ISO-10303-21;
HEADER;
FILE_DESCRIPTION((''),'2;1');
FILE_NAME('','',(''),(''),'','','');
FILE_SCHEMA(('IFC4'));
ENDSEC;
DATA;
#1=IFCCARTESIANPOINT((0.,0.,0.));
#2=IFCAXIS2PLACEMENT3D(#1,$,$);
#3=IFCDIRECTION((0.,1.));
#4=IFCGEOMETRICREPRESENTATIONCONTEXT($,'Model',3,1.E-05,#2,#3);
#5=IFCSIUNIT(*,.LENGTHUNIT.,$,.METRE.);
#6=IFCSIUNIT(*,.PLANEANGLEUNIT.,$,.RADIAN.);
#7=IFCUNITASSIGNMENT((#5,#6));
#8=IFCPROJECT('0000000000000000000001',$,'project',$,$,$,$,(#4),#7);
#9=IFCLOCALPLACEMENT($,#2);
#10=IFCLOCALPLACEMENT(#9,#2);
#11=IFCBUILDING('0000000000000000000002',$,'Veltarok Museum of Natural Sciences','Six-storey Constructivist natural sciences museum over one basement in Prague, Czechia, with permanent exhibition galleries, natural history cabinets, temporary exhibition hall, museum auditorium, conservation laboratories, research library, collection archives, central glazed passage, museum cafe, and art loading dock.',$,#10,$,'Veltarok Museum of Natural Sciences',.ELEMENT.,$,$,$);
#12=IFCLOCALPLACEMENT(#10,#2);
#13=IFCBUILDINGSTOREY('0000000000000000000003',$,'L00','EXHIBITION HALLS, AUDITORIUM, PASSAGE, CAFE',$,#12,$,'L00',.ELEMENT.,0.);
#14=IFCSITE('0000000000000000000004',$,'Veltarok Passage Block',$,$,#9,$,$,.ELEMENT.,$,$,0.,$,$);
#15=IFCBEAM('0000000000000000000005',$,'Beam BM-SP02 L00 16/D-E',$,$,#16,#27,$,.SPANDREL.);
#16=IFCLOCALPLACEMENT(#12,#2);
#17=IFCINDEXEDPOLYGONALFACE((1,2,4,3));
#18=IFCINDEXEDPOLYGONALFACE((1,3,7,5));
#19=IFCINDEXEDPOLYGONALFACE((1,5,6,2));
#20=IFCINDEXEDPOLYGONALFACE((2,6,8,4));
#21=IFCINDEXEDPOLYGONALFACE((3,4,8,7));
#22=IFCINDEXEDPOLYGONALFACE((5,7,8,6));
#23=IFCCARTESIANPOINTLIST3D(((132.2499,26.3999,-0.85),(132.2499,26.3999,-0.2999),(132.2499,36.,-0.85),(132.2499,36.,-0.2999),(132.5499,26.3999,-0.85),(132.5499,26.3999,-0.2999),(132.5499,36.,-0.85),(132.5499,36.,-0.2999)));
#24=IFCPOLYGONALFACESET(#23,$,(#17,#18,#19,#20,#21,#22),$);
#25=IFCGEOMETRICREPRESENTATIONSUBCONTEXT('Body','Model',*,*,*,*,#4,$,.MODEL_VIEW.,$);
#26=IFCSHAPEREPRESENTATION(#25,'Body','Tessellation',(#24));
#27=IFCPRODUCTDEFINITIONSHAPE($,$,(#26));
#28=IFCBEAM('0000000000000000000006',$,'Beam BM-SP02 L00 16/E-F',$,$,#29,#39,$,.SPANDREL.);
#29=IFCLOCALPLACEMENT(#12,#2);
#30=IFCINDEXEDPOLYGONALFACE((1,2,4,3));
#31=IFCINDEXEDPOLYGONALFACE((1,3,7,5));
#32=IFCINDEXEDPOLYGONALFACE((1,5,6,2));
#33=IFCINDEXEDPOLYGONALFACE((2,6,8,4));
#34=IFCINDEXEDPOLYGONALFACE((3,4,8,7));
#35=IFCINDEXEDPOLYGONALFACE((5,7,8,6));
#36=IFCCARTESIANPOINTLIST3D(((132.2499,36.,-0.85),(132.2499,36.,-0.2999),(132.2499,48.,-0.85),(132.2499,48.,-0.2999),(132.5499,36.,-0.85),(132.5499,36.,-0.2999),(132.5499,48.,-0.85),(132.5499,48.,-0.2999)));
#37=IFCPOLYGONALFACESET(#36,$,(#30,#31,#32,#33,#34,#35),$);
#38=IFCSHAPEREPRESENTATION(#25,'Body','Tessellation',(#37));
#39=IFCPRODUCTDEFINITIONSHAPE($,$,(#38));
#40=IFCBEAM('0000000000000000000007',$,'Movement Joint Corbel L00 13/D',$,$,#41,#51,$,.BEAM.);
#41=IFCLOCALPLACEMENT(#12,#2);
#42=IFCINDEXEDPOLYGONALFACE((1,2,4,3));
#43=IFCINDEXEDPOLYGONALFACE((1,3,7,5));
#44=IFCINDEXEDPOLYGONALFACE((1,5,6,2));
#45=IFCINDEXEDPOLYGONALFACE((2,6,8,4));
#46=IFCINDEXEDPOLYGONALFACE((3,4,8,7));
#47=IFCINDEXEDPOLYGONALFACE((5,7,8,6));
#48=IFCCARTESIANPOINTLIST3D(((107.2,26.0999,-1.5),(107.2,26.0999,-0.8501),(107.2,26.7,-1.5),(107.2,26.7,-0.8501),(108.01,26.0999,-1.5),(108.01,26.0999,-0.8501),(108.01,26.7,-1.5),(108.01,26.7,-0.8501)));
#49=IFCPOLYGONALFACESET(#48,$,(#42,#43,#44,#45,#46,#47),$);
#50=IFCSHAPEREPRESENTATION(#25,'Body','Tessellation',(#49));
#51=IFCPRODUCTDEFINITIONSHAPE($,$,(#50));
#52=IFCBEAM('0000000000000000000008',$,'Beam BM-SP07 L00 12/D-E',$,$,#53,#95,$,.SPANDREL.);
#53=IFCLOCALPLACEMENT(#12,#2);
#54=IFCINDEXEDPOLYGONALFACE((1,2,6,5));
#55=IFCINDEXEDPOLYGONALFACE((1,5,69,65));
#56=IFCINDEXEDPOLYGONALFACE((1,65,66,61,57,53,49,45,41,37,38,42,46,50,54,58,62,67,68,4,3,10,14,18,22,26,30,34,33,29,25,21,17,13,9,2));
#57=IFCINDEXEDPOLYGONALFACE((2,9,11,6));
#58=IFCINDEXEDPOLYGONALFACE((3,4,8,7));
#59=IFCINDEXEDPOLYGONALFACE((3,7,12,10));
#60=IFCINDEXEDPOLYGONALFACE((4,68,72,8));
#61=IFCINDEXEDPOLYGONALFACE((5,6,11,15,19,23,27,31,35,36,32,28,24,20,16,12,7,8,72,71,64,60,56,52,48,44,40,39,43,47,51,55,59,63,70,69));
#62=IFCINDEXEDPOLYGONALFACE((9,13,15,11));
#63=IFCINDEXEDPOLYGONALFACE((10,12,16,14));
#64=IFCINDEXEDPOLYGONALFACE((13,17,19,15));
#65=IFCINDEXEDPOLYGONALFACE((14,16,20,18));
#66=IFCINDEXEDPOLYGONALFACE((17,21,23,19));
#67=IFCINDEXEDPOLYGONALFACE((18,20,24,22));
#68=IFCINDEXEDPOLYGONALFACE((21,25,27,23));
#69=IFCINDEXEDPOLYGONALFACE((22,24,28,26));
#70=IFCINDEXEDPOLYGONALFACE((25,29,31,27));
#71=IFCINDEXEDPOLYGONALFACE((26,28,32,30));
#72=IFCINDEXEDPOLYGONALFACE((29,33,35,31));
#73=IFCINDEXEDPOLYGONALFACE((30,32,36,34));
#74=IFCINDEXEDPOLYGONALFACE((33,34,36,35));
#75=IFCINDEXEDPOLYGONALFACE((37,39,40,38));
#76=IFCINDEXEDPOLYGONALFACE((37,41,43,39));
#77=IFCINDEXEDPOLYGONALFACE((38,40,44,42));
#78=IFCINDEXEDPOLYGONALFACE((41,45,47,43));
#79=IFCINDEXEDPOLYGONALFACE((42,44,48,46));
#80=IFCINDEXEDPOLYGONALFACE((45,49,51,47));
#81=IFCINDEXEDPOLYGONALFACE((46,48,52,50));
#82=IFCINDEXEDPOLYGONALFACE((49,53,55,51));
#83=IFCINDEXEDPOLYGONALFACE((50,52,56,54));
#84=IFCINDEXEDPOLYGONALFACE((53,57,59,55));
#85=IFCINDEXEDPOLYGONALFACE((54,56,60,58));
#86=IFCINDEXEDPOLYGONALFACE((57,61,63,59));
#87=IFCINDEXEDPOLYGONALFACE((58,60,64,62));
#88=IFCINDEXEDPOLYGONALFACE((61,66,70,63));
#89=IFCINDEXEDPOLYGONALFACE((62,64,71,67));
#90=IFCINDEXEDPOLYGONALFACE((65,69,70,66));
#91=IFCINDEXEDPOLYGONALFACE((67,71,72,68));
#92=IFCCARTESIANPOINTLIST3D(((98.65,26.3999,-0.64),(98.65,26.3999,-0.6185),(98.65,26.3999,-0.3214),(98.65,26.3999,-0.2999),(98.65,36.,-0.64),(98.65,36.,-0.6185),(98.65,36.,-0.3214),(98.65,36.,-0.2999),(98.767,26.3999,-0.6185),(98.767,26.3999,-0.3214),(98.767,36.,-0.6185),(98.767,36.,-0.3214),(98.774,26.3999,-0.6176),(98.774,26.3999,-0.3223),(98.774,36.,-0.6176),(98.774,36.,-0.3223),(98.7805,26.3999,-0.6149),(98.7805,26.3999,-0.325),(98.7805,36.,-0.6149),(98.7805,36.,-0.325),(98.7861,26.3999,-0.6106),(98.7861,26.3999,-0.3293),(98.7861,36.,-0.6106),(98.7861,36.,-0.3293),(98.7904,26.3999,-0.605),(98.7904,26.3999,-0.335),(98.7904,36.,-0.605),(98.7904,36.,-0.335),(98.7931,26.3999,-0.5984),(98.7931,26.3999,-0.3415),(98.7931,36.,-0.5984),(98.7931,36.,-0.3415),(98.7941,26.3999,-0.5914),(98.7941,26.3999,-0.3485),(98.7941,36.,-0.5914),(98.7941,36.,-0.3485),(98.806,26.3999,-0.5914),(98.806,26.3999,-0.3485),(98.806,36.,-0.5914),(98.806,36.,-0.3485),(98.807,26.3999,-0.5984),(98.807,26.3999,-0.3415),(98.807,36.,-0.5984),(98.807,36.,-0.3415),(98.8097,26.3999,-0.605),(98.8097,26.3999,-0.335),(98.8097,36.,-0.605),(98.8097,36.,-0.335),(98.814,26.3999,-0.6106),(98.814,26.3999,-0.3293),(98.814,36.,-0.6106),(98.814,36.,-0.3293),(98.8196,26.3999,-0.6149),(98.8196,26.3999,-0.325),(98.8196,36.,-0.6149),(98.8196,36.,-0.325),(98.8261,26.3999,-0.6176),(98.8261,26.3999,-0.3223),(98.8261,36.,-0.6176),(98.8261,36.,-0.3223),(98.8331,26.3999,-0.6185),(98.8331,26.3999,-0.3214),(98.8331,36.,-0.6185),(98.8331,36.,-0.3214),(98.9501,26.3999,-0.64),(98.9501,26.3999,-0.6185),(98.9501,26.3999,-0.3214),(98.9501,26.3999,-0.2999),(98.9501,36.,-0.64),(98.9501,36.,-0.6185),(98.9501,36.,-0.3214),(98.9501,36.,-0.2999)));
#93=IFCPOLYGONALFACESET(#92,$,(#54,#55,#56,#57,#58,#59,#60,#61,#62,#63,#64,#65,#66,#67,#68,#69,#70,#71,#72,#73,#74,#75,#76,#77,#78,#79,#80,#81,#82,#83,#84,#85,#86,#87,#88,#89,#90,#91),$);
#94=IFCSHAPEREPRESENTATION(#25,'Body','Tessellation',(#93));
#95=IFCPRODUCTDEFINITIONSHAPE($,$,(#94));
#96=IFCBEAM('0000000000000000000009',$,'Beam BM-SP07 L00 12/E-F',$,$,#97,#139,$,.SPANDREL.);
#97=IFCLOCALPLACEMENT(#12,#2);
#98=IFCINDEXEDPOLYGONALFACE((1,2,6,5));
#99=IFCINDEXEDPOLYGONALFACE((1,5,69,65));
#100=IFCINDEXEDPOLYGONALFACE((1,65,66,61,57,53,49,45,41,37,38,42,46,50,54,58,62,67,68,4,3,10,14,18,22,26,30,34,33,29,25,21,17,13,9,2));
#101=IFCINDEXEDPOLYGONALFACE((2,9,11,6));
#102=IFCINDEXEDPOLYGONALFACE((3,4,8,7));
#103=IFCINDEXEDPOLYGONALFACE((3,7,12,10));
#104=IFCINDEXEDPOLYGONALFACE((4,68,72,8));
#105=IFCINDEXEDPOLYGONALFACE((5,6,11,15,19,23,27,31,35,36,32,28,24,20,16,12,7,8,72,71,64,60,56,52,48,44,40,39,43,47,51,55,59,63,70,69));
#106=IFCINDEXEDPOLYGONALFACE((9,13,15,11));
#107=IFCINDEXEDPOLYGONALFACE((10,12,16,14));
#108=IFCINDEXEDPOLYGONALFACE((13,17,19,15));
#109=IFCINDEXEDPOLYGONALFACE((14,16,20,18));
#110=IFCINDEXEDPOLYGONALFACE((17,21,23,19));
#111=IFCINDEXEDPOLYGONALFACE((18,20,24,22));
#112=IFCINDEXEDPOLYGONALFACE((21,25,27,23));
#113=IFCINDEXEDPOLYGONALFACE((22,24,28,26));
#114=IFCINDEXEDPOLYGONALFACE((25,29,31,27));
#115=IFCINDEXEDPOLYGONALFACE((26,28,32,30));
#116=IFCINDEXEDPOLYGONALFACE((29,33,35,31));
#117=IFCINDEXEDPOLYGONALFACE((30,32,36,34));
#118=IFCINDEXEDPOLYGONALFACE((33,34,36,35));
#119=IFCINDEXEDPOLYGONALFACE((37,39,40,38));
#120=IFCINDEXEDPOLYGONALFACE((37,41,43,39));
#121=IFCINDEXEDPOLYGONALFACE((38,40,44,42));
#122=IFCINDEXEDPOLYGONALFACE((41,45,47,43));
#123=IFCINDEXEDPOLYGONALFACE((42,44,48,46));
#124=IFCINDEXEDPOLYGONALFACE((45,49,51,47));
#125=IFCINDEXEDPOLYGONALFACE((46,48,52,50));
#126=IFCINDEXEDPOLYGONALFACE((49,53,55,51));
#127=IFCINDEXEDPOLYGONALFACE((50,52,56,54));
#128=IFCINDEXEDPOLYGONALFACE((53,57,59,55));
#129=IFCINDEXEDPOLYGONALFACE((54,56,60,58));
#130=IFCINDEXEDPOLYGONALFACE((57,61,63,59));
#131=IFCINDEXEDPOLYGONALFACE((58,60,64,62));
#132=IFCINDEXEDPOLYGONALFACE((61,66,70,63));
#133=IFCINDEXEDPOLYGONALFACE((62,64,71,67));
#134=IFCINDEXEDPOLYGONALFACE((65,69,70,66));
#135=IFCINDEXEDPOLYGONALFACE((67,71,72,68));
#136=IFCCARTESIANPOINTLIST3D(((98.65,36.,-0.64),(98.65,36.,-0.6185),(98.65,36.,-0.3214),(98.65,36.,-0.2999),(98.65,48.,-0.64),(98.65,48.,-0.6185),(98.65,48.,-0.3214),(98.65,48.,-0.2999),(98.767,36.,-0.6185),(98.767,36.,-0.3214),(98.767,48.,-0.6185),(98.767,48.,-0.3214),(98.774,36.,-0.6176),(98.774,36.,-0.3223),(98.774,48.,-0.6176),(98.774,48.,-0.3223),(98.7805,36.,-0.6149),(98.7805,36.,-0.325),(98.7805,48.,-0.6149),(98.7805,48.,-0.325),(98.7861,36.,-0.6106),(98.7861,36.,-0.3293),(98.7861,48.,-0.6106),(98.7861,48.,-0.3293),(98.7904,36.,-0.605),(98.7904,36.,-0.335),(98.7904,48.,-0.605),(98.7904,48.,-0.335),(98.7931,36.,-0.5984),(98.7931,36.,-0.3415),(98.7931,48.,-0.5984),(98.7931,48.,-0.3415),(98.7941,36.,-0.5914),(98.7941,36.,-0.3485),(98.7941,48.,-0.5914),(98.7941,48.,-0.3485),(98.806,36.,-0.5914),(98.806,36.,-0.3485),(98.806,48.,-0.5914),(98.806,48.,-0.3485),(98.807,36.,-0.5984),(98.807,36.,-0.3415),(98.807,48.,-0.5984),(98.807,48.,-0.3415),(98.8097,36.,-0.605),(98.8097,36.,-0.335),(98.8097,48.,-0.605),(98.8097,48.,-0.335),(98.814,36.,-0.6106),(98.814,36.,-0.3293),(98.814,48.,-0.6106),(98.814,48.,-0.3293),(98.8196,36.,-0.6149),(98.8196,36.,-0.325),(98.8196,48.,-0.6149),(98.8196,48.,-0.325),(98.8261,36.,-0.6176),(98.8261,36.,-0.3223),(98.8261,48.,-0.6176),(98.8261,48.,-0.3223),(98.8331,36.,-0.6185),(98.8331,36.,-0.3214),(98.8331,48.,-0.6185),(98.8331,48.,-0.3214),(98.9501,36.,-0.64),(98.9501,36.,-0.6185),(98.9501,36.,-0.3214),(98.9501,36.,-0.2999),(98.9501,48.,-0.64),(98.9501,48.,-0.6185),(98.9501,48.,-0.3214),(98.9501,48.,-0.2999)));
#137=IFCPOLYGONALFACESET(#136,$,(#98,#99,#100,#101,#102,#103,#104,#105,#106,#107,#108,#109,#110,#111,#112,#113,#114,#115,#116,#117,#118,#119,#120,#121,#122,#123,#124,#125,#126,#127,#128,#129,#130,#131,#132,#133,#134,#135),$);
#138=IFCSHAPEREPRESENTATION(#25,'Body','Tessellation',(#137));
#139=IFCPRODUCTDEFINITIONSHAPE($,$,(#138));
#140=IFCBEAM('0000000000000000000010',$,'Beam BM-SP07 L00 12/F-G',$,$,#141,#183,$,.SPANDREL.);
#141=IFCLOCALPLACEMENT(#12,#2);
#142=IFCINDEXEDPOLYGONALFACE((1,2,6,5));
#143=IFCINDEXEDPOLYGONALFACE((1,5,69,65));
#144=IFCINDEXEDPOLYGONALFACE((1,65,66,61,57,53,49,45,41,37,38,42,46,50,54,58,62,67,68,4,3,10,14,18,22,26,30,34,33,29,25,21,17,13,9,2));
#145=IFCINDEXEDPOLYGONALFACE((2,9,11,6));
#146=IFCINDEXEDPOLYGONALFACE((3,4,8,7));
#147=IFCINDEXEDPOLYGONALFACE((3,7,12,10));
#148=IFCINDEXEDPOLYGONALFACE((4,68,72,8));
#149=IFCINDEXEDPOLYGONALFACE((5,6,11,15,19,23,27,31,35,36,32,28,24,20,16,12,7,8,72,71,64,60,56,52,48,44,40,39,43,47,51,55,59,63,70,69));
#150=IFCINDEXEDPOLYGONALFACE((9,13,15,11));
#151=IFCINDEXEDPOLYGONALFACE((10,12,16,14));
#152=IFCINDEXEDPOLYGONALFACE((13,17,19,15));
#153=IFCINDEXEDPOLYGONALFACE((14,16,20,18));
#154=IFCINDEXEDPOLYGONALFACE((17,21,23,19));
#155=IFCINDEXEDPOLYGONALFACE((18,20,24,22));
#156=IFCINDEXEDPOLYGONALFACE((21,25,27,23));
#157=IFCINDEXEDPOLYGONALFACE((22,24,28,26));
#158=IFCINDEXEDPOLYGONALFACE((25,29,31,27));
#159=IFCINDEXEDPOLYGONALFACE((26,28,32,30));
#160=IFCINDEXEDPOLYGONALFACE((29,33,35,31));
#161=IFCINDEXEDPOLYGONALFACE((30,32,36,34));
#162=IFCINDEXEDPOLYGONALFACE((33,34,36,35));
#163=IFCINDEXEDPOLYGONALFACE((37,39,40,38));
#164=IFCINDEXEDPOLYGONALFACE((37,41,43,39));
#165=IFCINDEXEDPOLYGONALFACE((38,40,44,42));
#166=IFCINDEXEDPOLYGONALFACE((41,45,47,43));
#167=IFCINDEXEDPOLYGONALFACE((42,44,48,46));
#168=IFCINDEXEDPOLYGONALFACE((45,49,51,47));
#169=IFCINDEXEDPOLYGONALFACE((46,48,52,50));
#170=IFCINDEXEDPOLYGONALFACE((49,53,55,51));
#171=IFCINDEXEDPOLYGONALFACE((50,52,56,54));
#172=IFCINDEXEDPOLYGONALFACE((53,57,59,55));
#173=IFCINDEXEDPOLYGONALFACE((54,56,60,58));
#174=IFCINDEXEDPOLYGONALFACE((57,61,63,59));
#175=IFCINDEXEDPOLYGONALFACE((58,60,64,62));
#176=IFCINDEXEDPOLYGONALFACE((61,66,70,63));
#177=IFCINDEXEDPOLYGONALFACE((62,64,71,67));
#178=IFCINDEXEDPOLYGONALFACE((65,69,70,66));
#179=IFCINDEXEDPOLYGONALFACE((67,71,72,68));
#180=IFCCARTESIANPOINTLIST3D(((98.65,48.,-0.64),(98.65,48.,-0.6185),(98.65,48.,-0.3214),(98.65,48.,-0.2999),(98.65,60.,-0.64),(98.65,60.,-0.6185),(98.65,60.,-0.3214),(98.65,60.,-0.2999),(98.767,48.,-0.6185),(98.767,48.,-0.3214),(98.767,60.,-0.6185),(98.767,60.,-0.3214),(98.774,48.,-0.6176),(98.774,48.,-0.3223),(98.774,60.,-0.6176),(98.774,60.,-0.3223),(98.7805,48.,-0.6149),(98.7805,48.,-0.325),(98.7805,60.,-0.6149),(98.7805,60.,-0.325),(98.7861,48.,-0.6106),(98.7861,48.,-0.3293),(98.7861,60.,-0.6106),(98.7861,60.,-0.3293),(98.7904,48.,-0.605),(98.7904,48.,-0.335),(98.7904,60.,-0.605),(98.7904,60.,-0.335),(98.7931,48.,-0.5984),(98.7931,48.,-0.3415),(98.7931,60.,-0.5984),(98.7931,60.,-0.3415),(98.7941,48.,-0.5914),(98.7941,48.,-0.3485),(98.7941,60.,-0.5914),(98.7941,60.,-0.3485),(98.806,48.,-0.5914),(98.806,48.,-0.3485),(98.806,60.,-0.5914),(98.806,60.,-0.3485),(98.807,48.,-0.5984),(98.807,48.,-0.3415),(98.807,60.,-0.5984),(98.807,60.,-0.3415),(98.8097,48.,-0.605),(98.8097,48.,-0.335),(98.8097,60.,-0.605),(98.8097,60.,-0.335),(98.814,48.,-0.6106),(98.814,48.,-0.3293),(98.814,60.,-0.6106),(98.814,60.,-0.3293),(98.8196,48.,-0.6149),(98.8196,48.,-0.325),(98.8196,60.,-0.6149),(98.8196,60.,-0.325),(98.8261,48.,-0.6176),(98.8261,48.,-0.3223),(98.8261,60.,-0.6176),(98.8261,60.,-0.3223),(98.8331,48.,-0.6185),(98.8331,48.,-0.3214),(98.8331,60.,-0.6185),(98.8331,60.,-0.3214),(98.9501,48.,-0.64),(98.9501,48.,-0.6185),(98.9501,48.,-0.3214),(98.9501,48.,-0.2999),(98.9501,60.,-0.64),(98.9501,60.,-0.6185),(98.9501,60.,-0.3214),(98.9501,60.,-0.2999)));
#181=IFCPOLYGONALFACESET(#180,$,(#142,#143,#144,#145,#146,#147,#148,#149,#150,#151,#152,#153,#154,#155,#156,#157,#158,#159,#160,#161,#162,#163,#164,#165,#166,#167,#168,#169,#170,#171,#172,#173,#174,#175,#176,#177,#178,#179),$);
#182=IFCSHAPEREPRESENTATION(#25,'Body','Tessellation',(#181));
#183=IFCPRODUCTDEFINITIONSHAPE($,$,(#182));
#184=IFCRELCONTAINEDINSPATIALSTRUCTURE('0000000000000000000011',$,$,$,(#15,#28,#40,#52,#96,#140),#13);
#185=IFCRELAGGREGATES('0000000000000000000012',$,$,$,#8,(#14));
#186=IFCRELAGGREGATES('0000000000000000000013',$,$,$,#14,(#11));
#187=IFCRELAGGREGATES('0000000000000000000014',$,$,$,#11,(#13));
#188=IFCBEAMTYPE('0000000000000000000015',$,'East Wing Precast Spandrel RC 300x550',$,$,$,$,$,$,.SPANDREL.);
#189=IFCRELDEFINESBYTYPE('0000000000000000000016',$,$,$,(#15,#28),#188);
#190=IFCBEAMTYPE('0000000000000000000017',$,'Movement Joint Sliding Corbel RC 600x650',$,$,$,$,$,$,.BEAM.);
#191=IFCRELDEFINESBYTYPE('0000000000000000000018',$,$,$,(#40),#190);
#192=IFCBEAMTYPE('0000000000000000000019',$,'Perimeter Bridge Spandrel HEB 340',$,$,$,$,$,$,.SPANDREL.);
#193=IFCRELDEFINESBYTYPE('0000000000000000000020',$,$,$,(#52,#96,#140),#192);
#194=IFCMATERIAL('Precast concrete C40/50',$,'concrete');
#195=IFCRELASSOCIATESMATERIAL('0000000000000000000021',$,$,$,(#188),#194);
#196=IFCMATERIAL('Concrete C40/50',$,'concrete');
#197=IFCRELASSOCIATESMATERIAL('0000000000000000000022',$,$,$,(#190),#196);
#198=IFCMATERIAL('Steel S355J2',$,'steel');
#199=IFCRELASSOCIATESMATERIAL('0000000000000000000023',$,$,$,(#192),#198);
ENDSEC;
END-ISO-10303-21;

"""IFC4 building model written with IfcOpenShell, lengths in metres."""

from ifc_helpers import new_model, si_unit, direction, frame, origin, origin_2d, place, context, subcontext, project, spatial, rectangle, i_section, extrude, material, material_profile, profile_set, type_object, element, save


model = new_model("IFC4")

# Units and contexts
model_context = context("Model", 3, precision=1e-05, world=origin(), true_north=direction((0.0, 1.0)))
body_context = subcontext(model_context, "Body", "Model", "MODEL_VIEW")
ifc_project = project(units=[si_unit("LENGTHUNIT", "METRE"), si_unit("PLANEANGLEUNIT", "RADIAN")], contexts=[model_context])

# Site, building, storey
site_placement = place(None, origin())
site = spatial("IfcSite", under=ifc_project, at=site_placement, Name="Veltarok Passage Block", CompositionType="ELEMENT", RefElevation=0.0)
building_placement = place(site_placement, origin())
building = spatial("IfcBuilding", under=site, at=building_placement, Name="Veltarok Museum of Natural Sciences", Description="Six-storey Constructivist natural sciences museum over one basement in Prague, Czechia, with permanent exhibition galleries, natural history cabinets, temporary exhibition hall, museum auditorium, conservation laboratories, research library, collection archives, central glazed passage, museum cafe, and art loading dock.", LongName="Veltarok Museum of Natural Sciences", CompositionType="ELEMENT")
storey_placement = place(building_placement, origin())
storey = spatial("IfcBuildingStorey", under=building, at=storey_placement, Name="L00", Description="EXHIBITION HALLS, AUDITORIUM, PASSAGE, CAFE", LongName="L00", CompositionType="ELEMENT", Elevation=0.0)

# Shared definitions
ifc_material_1 = material(Name="Steel S355J2", Category="steel")

# Beams
ifc_material_2 = material(Name="Precast concrete C40/50", Category="concrete")
ifc_material_profile_1 = material_profile(ifc_material_2, rectangle(XDim=0.3, YDim=0.55, at=origin_2d()), Name="RC 300x550")
ifc_profile_set_1 = profile_set([ifc_material_profile_1], Name="Precast concrete C40/50")
beam_type_1 = type_object("IfcBeamType", Name="East Wing Precast Spandrel RC 300x550", PredefinedType="SPANDREL", material=ifc_profile_set_1)
beam_1_placement = place(storey_placement, frame((132.3999, 26.3999, -0.575), z_axis=(0.0, 1.0, 0.0), x_axis=(-1.0, 0.0, 0.0)))
element("IfcBeam", 1, at=beam_1_placement, inside=storey, type_object=beam_type_1, Name="Beam BM-SP02 L00 16/D-E", PredefinedType="SPANDREL", context=body_context, shape_type="SweptSolid", body=[
    extrude(rectangle(XDim=0.3, YDim=0.55, at=origin_2d()), origin(), (0.0, 0.0, 1.0), 9.6001),
])
beam_2_placement = place(storey_placement, frame((132.3999, 36.0, -0.575), z_axis=(0.0, 1.0, 0.0), x_axis=(-1.0, 0.0, 0.0)))
element("IfcBeam", 2, at=beam_2_placement, inside=storey, type_object=beam_type_1, Name="Beam BM-SP02 L00 16/E-F", PredefinedType="SPANDREL", context=body_context, shape_type="SweptSolid", body=[
    extrude(rectangle(XDim=0.3, YDim=0.55, at=origin_2d()), origin(), (0.0, 0.0, 1.0), 12.0),
])
ifc_material_3 = material(Name="Concrete C40/50", Category="concrete")
ifc_material_profile_2 = material_profile(ifc_material_3, rectangle(XDim=0.6001, YDim=0.6499, at=origin_2d()), Name="RC 600x650")
ifc_profile_set_2 = profile_set([ifc_material_profile_2], Name="Concrete C40/50")
beam_type_2 = type_object("IfcBeamType", Name="Movement Joint Sliding Corbel RC 600x650", PredefinedType="BEAM", material=ifc_profile_set_2)
beam_3_placement = place(storey_placement, frame((107.2, 26.3999, -1.175), z_axis=(1.0, 0.0, 0.0), x_axis=(0.0, 1.0, 0.0)))
element("IfcBeam", 3, at=beam_3_placement, inside=storey, type_object=beam_type_2, Name="Movement Joint Corbel L00 13/D", PredefinedType="BEAM", context=body_context, shape_type="SweptSolid", body=[
    extrude(rectangle(XDim=0.6001, YDim=0.6499, at=origin_2d()), origin(), (0.0, 0.0, 1.0), 0.8101),
])
ifc_material_profile_3 = material_profile(ifc_material_1, i_section(OverallWidth=0.3, OverallDepth=0.3401, WebThickness=0.012, FlangeThickness=0.0215, FilletRadius=0.0271, at=origin_2d()), Name="HEB 340")
ifc_profile_set_3 = profile_set([ifc_material_profile_3], Name="Steel S355J2")
beam_type_3 = type_object("IfcBeamType", Name="Perimeter Bridge Spandrel HEB 340", PredefinedType="SPANDREL", material=ifc_profile_set_3)
beam_4_placement = place(storey_placement, frame((98.8, 26.3999, -0.47), z_axis=(0.0, 1.0, 0.0), x_axis=(-1.0, 0.0, 0.0)))
element("IfcBeam", 4, at=beam_4_placement, inside=storey, type_object=beam_type_3, Name="Beam BM-SP07 L00 12/D-E", PredefinedType="SPANDREL", context=body_context, shape_type="SweptSolid", body=[
    extrude(i_section(OverallWidth=0.3, OverallDepth=0.3401, WebThickness=0.012, FlangeThickness=0.0215, FilletRadius=0.0271, at=origin_2d()), origin(), (0.0, 0.0, 1.0), 9.6001),
])
for number, where, z_axis, x_axis, name in (
    (5, (98.8, 36.0, -0.47), (0.0, 1.0, 0.0), (-1.0, 0.0, 0.0), "Beam BM-SP07 L00 12/E-F"),
    (6, (98.8, 48.0, -0.47), (0.0, 1.0, 0.0), (-1.0, 0.0, 0.0), "Beam BM-SP07 L00 12/F-G"),
):
    element("IfcBeam", number, at=place(storey_placement, frame(where, z_axis=z_axis, x_axis=x_axis)), inside=storey, type_object=beam_type_3, Name=name, PredefinedType="SPANDREL", context=body_context, shape_type="SweptSolid", body=[
        extrude(i_section(OverallWidth=0.3, OverallDepth=0.3401, WebThickness=0.012, FlangeThickness=0.0215, FilletRadius=0.0271, at=origin_2d()), origin(), (0.0, 0.0, 1.0), 12.0),
    ])

save(model, "model.ifc")
